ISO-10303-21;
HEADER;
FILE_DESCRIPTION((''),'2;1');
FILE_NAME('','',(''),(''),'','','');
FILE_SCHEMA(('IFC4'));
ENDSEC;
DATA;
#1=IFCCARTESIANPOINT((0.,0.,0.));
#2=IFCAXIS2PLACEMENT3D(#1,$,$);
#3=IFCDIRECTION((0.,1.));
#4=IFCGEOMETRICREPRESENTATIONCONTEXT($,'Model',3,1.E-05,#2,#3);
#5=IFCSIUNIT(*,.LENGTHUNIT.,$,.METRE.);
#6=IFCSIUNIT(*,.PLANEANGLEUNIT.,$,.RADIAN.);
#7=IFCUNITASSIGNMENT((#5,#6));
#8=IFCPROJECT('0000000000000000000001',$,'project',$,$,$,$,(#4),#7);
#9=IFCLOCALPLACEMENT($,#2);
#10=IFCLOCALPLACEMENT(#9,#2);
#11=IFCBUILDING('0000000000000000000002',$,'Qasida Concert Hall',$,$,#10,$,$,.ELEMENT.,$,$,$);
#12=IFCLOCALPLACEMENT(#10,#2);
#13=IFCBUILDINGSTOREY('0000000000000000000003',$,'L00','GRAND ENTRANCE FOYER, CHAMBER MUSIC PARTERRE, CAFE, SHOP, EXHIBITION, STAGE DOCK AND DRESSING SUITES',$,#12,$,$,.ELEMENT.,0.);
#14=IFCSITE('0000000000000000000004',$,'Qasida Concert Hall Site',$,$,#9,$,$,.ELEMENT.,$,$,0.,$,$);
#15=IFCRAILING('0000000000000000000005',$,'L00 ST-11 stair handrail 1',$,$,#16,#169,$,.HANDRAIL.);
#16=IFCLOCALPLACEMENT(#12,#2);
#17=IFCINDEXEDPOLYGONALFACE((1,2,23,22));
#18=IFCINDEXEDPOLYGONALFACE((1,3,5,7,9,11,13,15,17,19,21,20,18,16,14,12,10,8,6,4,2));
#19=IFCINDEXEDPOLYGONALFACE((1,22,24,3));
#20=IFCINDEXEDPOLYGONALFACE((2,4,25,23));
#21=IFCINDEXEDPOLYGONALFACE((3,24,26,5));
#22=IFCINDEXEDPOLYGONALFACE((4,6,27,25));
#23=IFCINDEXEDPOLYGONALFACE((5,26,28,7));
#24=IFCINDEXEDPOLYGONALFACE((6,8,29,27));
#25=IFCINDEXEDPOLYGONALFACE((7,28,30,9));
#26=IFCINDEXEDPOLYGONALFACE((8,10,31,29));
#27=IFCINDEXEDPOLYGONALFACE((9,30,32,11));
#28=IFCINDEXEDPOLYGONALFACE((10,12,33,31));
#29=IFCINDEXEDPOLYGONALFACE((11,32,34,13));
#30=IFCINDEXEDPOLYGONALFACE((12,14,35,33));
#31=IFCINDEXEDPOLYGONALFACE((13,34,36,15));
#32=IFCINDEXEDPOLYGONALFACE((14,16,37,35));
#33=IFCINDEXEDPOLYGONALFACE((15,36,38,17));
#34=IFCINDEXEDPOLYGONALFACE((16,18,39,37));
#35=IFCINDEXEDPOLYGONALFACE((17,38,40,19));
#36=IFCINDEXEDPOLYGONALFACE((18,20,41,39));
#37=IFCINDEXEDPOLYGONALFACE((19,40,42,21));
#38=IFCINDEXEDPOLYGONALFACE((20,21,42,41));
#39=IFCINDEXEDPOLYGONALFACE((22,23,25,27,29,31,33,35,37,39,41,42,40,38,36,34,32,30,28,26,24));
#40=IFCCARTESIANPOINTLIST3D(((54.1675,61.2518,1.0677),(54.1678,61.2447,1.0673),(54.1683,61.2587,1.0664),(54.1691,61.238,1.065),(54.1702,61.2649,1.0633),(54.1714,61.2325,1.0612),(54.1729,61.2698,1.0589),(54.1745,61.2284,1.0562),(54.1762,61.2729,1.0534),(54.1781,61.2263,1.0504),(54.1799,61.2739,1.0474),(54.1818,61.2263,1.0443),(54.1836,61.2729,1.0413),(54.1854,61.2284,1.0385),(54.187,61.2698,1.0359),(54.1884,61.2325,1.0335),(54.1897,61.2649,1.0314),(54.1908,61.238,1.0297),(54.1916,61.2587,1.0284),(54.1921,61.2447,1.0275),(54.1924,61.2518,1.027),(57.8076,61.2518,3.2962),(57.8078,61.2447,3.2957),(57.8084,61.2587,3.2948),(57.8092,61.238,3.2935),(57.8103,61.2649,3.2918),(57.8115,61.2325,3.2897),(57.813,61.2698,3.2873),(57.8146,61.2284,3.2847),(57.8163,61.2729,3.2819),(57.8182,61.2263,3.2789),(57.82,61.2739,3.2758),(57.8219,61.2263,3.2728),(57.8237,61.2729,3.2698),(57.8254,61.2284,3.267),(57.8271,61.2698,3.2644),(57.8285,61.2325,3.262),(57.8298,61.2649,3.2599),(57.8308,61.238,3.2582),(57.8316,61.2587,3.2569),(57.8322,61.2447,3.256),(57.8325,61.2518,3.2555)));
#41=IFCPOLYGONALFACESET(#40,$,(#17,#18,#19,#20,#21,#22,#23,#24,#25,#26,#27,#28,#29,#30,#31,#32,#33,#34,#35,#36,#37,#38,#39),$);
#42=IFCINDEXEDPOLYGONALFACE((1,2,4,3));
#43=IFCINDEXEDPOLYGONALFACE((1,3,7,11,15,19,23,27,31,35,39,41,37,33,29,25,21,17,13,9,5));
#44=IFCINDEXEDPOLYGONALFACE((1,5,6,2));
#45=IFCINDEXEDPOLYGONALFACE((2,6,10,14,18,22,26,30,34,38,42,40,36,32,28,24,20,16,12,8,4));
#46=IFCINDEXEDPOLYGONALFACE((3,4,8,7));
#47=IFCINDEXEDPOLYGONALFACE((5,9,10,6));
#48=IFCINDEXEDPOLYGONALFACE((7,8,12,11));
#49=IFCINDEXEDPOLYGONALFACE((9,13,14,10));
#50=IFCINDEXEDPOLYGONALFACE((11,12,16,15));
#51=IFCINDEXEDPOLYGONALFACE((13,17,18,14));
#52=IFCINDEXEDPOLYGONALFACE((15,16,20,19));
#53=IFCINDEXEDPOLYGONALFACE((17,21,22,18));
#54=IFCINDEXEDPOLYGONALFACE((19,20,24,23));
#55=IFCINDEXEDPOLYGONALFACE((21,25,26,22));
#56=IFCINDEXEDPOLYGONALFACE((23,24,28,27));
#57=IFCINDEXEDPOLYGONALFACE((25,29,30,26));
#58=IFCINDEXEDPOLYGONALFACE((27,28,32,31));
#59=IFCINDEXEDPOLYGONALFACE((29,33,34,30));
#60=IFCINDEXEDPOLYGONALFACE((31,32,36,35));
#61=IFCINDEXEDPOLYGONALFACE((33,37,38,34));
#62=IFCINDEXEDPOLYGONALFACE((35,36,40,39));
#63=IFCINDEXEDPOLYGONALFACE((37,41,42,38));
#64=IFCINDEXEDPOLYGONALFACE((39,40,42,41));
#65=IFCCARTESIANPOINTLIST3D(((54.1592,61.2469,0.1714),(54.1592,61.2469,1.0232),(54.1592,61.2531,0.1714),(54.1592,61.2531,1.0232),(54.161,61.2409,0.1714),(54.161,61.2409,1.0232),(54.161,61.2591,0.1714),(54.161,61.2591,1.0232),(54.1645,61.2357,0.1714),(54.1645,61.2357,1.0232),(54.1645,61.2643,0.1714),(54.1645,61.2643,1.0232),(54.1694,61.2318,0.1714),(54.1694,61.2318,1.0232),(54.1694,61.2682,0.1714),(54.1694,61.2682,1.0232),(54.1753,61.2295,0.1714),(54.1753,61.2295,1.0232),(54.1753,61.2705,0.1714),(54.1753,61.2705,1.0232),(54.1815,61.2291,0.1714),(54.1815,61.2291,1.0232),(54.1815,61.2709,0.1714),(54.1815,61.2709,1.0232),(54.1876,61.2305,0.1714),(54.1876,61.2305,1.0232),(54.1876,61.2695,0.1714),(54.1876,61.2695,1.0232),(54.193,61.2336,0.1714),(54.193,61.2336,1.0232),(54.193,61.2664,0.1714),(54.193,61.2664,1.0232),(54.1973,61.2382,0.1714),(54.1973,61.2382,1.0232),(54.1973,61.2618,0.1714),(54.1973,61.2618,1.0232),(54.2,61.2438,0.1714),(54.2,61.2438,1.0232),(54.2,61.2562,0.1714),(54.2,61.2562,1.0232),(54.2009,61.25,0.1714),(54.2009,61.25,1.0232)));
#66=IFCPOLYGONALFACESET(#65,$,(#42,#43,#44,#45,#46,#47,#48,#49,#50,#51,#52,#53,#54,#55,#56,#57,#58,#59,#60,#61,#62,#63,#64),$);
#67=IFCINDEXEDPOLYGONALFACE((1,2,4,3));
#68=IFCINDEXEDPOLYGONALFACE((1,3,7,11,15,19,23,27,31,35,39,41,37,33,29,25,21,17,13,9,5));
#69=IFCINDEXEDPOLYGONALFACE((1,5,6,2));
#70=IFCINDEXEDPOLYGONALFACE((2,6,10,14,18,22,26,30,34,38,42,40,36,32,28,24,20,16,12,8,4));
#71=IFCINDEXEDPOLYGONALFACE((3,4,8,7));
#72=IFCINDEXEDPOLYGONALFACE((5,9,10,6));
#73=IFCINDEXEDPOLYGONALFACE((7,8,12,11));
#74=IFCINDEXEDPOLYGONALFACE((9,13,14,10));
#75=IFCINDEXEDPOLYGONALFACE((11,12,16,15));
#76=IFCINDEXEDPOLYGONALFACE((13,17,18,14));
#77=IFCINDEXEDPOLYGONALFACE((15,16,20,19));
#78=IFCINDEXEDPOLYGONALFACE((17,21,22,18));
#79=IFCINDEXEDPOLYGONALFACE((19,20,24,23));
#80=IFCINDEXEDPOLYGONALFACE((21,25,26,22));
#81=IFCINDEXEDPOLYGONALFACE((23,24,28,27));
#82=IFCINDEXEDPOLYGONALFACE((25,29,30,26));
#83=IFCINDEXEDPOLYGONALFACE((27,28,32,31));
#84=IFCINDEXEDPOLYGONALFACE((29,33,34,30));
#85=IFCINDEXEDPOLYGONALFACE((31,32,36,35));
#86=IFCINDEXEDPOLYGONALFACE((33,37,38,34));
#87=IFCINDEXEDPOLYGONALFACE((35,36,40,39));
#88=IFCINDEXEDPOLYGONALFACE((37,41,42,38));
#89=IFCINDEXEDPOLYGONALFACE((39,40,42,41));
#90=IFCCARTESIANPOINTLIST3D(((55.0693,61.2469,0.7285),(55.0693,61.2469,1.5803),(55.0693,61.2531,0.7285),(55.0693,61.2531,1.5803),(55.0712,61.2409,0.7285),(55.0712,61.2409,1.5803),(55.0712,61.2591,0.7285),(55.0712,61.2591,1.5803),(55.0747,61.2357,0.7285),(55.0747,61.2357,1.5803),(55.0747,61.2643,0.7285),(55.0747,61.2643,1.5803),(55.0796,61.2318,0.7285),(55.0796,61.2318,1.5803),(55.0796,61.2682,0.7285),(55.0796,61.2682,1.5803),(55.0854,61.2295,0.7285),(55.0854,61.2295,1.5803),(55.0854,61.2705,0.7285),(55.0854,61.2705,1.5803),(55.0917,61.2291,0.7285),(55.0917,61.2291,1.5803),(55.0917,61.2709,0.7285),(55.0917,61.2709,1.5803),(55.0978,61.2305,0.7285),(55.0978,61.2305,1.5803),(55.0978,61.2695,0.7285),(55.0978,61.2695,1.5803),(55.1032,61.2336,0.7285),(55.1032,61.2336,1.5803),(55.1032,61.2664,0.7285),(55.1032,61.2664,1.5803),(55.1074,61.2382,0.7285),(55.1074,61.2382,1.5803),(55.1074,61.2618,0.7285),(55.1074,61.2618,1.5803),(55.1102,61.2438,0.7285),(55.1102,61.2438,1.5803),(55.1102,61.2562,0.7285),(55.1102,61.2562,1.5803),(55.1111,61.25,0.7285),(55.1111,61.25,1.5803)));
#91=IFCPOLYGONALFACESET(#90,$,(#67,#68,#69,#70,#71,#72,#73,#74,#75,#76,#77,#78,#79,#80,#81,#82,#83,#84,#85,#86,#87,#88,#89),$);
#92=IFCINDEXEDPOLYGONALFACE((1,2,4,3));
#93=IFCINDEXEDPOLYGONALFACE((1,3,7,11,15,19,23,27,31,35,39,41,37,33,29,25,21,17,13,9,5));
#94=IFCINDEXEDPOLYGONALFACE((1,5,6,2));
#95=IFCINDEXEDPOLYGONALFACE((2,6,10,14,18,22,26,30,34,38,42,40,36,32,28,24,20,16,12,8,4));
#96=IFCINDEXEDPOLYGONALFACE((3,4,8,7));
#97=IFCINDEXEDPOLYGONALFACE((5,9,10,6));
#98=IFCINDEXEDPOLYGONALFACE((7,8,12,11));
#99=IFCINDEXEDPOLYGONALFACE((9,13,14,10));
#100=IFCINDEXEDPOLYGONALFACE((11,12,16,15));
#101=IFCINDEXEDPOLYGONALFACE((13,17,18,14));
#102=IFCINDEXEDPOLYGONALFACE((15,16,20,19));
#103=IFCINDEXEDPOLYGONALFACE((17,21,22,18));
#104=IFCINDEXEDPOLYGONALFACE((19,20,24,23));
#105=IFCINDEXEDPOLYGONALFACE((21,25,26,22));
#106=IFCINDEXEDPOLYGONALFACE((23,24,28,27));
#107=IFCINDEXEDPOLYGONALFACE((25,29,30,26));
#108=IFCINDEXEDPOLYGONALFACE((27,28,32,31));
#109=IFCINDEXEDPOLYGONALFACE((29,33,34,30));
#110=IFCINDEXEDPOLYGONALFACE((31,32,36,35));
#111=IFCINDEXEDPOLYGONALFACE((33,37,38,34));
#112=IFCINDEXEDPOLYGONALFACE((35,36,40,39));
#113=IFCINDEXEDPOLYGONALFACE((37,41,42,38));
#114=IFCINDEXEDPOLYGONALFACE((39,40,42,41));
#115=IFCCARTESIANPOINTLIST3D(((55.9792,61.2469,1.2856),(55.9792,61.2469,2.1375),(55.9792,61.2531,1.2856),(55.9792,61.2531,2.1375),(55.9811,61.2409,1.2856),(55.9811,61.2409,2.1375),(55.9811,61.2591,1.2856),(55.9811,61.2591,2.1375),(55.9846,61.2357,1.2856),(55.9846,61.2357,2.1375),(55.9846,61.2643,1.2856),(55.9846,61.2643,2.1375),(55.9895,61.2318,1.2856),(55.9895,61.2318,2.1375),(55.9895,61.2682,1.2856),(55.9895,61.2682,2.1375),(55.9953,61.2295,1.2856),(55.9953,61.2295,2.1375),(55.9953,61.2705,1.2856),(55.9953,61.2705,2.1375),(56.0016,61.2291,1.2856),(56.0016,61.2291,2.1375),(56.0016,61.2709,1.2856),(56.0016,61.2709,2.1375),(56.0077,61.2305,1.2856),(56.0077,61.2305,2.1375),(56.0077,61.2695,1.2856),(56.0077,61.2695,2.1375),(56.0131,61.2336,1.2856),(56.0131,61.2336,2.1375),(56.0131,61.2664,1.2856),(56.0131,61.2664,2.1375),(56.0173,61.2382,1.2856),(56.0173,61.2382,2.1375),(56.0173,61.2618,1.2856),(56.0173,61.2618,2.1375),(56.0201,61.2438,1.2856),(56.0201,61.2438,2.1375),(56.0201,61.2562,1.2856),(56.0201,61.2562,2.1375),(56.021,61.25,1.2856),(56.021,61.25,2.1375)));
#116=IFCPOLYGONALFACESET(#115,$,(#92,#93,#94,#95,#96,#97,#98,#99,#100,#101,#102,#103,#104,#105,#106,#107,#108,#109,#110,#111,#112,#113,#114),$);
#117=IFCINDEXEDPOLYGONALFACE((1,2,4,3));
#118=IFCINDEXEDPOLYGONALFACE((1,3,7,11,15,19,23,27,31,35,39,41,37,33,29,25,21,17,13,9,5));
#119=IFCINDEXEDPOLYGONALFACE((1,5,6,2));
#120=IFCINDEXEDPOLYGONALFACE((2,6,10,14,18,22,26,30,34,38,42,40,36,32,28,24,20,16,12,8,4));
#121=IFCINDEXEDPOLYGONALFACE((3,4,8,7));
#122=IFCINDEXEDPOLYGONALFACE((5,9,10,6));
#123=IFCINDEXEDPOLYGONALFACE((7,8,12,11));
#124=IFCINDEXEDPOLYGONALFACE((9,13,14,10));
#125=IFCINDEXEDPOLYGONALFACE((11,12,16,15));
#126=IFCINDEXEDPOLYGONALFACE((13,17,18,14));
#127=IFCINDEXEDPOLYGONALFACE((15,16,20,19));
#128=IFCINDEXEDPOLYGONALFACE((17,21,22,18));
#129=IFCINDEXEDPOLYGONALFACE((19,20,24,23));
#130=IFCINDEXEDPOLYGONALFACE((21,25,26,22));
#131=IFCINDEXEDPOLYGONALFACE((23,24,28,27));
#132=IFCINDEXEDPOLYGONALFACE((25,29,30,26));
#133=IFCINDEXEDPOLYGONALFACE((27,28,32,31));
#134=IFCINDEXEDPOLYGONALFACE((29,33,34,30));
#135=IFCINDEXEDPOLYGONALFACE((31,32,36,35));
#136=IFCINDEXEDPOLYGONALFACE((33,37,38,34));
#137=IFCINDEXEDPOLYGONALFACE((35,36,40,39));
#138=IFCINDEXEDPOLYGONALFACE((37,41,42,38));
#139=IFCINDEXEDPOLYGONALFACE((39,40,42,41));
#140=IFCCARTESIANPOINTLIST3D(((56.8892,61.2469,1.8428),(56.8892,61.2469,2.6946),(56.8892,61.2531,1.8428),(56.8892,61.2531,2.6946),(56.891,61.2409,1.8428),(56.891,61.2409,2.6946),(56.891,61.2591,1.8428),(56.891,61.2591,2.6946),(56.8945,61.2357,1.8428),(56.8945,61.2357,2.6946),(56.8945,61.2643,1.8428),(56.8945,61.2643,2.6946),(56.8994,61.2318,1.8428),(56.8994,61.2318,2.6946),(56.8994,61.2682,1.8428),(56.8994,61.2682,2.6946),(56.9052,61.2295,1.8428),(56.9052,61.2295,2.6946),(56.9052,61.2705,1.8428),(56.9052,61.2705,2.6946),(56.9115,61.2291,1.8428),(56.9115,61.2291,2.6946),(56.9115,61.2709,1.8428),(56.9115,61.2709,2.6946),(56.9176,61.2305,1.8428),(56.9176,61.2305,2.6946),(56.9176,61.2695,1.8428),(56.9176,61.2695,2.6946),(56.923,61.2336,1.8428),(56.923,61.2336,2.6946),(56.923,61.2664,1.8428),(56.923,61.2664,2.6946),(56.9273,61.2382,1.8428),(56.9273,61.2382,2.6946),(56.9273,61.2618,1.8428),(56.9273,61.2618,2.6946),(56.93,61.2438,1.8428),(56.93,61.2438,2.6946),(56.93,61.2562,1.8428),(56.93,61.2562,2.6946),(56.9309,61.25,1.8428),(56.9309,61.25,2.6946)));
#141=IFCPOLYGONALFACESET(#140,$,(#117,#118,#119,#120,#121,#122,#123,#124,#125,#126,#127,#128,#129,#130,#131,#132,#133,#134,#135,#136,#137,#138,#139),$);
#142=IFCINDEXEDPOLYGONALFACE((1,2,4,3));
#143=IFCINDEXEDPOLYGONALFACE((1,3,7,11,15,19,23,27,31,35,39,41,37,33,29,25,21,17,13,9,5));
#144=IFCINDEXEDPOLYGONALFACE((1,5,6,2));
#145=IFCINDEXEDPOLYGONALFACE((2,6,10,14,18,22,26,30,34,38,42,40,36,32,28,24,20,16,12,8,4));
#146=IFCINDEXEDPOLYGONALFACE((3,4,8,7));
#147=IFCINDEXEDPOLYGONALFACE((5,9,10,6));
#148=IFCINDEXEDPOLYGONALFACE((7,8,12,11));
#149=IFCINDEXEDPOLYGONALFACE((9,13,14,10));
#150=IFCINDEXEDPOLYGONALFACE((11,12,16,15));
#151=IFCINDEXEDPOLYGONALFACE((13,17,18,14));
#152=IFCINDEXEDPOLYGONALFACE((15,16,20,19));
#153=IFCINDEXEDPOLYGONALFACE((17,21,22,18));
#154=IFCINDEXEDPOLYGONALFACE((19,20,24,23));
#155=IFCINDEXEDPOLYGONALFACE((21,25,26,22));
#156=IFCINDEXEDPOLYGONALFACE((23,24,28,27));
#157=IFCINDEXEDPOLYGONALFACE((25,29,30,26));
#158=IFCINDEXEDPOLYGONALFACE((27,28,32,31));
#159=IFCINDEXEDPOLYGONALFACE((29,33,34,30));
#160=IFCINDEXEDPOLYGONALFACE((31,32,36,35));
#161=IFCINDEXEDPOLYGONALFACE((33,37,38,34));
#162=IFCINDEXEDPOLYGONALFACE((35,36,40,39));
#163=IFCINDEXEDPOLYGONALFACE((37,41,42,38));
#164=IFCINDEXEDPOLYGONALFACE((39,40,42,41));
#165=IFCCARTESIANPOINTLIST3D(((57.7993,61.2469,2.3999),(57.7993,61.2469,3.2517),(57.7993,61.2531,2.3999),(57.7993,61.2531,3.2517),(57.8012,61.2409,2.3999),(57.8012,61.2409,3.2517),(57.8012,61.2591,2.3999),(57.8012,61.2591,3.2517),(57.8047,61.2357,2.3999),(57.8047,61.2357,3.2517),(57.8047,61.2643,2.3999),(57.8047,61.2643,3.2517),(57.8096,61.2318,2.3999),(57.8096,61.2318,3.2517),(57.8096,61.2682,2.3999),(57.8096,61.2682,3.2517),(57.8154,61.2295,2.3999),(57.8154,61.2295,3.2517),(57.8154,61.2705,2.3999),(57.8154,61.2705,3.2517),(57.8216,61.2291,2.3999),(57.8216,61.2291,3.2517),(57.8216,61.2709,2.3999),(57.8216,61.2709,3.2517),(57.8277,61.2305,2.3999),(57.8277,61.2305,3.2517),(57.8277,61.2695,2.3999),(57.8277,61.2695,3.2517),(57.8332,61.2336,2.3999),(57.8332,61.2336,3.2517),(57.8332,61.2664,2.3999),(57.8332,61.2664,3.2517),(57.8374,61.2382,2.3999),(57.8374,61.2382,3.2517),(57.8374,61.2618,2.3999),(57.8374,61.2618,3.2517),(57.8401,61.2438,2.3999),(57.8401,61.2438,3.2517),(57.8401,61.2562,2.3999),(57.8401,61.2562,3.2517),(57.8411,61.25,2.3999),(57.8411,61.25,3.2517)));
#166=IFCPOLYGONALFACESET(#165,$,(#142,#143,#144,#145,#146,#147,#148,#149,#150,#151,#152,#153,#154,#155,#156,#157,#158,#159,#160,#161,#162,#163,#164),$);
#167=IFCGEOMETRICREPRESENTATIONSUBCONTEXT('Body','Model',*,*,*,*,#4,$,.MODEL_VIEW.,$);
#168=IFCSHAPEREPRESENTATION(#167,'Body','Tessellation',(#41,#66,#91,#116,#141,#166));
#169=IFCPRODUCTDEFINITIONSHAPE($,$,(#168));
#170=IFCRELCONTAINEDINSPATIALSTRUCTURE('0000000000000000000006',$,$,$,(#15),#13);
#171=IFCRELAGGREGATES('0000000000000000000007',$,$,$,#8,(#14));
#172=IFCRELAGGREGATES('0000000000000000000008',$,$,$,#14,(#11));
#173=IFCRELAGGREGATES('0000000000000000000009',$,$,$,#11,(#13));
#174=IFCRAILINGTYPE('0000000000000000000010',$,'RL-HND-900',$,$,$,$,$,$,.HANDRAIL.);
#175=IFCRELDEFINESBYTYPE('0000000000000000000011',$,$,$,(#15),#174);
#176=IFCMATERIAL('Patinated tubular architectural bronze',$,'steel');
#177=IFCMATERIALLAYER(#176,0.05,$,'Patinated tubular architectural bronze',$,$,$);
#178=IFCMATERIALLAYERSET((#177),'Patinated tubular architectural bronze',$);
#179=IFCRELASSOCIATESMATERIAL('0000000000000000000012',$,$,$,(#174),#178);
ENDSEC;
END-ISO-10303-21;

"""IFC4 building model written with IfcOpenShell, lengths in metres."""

from ifc_helpers import new_model, si_unit, direction, frame, origin, origin_2d, place, context, subcontext, project, spatial, circle, extrude, material, layer, layer_set, type_object, element, save


model = new_model("IFC4")

# Units and contexts
model_context = context("Model", 3, precision=1e-05, world=origin(), true_north=direction((0.0, 1.0)))
body_context = subcontext(model_context, "Body", "Model", "MODEL_VIEW")
ifc_project = project(units=[si_unit("LENGTHUNIT", "METRE"), si_unit("PLANEANGLEUNIT", "RADIAN")], contexts=[model_context])

# Site, building, storey
site_placement = place(None, origin())
site = spatial("IfcSite", under=ifc_project, at=site_placement, Name="Qasida Concert Hall Site", CompositionType="ELEMENT", RefElevation=0.0)
building_placement = place(site_placement, origin())
building = spatial("IfcBuilding", under=site, at=building_placement, Name="Qasida Concert Hall", CompositionType="ELEMENT")
storey_placement = place(building_placement, origin())
storey = spatial("IfcBuildingStorey", under=building, at=storey_placement, Name="L00", Description="GRAND ENTRANCE FOYER, CHAMBER MUSIC PARTERRE, CAFE, SHOP, EXHIBITION, STAGE DOCK AND DRESSING SUITES", CompositionType="ELEMENT", Elevation=0.0)

# Railing
ifc_material_1 = material(Name="Patinated tubular architectural bronze", Category="steel")
ifc_layer_1 = layer(ifc_material_1, 0.05, Name="Patinated tubular architectural bronze")
ifc_layer_set_1 = layer_set([ifc_layer_1], Name="Patinated tubular architectural bronze")
railing_type_1 = type_object("IfcRailingType", Name="RL-HND-900", PredefinedType="HANDRAIL", material=ifc_layer_set_1)
railing_1_placement = place(storey_placement, frame((54.1799, 61.25, 0.1714)))
element("IfcRailing", 1, at=railing_1_placement, inside=storey, type_object=railing_type_1, Name="L00 ST-11 stair handrail 1", PredefinedType="HANDRAIL", context=body_context, shape_type="SweptSolid", body=[
    extrude(circle(Radius=0.0239, at=origin_2d()), frame((0.0, 0.0, 0.876), z_axis=(0.852866, 0.0, 0.52213), x_axis=(0.0, 1.0, 0.0)), (0.0, 0.0, 1.0), 4.2681),
    extrude(circle(Radius=0.021, at=origin_2d()), origin(), (0.0, 0.0, 1.0), 0.8518),
    extrude(circle(Radius=0.021, at=origin_2d()), frame((0.9102, 0.0, 0.5571)), (0.0, 0.0, 1.0), 0.8518),
    extrude(circle(Radius=0.021, at=origin_2d()), frame((1.8201, 0.0, 1.1143)), (0.0, 0.0, 1.0), 0.8518),
    extrude(circle(Radius=0.021, at=origin_2d()), frame((2.73, 0.0, 1.6714)), (0.0, 0.0, 1.0), 0.8518),
    extrude(circle(Radius=0.021, at=origin_2d()), frame((3.6401, 0.0, 2.2285)), (0.0, 0.0, 1.0), 0.8518),
])

save(model, "model.ifc")
